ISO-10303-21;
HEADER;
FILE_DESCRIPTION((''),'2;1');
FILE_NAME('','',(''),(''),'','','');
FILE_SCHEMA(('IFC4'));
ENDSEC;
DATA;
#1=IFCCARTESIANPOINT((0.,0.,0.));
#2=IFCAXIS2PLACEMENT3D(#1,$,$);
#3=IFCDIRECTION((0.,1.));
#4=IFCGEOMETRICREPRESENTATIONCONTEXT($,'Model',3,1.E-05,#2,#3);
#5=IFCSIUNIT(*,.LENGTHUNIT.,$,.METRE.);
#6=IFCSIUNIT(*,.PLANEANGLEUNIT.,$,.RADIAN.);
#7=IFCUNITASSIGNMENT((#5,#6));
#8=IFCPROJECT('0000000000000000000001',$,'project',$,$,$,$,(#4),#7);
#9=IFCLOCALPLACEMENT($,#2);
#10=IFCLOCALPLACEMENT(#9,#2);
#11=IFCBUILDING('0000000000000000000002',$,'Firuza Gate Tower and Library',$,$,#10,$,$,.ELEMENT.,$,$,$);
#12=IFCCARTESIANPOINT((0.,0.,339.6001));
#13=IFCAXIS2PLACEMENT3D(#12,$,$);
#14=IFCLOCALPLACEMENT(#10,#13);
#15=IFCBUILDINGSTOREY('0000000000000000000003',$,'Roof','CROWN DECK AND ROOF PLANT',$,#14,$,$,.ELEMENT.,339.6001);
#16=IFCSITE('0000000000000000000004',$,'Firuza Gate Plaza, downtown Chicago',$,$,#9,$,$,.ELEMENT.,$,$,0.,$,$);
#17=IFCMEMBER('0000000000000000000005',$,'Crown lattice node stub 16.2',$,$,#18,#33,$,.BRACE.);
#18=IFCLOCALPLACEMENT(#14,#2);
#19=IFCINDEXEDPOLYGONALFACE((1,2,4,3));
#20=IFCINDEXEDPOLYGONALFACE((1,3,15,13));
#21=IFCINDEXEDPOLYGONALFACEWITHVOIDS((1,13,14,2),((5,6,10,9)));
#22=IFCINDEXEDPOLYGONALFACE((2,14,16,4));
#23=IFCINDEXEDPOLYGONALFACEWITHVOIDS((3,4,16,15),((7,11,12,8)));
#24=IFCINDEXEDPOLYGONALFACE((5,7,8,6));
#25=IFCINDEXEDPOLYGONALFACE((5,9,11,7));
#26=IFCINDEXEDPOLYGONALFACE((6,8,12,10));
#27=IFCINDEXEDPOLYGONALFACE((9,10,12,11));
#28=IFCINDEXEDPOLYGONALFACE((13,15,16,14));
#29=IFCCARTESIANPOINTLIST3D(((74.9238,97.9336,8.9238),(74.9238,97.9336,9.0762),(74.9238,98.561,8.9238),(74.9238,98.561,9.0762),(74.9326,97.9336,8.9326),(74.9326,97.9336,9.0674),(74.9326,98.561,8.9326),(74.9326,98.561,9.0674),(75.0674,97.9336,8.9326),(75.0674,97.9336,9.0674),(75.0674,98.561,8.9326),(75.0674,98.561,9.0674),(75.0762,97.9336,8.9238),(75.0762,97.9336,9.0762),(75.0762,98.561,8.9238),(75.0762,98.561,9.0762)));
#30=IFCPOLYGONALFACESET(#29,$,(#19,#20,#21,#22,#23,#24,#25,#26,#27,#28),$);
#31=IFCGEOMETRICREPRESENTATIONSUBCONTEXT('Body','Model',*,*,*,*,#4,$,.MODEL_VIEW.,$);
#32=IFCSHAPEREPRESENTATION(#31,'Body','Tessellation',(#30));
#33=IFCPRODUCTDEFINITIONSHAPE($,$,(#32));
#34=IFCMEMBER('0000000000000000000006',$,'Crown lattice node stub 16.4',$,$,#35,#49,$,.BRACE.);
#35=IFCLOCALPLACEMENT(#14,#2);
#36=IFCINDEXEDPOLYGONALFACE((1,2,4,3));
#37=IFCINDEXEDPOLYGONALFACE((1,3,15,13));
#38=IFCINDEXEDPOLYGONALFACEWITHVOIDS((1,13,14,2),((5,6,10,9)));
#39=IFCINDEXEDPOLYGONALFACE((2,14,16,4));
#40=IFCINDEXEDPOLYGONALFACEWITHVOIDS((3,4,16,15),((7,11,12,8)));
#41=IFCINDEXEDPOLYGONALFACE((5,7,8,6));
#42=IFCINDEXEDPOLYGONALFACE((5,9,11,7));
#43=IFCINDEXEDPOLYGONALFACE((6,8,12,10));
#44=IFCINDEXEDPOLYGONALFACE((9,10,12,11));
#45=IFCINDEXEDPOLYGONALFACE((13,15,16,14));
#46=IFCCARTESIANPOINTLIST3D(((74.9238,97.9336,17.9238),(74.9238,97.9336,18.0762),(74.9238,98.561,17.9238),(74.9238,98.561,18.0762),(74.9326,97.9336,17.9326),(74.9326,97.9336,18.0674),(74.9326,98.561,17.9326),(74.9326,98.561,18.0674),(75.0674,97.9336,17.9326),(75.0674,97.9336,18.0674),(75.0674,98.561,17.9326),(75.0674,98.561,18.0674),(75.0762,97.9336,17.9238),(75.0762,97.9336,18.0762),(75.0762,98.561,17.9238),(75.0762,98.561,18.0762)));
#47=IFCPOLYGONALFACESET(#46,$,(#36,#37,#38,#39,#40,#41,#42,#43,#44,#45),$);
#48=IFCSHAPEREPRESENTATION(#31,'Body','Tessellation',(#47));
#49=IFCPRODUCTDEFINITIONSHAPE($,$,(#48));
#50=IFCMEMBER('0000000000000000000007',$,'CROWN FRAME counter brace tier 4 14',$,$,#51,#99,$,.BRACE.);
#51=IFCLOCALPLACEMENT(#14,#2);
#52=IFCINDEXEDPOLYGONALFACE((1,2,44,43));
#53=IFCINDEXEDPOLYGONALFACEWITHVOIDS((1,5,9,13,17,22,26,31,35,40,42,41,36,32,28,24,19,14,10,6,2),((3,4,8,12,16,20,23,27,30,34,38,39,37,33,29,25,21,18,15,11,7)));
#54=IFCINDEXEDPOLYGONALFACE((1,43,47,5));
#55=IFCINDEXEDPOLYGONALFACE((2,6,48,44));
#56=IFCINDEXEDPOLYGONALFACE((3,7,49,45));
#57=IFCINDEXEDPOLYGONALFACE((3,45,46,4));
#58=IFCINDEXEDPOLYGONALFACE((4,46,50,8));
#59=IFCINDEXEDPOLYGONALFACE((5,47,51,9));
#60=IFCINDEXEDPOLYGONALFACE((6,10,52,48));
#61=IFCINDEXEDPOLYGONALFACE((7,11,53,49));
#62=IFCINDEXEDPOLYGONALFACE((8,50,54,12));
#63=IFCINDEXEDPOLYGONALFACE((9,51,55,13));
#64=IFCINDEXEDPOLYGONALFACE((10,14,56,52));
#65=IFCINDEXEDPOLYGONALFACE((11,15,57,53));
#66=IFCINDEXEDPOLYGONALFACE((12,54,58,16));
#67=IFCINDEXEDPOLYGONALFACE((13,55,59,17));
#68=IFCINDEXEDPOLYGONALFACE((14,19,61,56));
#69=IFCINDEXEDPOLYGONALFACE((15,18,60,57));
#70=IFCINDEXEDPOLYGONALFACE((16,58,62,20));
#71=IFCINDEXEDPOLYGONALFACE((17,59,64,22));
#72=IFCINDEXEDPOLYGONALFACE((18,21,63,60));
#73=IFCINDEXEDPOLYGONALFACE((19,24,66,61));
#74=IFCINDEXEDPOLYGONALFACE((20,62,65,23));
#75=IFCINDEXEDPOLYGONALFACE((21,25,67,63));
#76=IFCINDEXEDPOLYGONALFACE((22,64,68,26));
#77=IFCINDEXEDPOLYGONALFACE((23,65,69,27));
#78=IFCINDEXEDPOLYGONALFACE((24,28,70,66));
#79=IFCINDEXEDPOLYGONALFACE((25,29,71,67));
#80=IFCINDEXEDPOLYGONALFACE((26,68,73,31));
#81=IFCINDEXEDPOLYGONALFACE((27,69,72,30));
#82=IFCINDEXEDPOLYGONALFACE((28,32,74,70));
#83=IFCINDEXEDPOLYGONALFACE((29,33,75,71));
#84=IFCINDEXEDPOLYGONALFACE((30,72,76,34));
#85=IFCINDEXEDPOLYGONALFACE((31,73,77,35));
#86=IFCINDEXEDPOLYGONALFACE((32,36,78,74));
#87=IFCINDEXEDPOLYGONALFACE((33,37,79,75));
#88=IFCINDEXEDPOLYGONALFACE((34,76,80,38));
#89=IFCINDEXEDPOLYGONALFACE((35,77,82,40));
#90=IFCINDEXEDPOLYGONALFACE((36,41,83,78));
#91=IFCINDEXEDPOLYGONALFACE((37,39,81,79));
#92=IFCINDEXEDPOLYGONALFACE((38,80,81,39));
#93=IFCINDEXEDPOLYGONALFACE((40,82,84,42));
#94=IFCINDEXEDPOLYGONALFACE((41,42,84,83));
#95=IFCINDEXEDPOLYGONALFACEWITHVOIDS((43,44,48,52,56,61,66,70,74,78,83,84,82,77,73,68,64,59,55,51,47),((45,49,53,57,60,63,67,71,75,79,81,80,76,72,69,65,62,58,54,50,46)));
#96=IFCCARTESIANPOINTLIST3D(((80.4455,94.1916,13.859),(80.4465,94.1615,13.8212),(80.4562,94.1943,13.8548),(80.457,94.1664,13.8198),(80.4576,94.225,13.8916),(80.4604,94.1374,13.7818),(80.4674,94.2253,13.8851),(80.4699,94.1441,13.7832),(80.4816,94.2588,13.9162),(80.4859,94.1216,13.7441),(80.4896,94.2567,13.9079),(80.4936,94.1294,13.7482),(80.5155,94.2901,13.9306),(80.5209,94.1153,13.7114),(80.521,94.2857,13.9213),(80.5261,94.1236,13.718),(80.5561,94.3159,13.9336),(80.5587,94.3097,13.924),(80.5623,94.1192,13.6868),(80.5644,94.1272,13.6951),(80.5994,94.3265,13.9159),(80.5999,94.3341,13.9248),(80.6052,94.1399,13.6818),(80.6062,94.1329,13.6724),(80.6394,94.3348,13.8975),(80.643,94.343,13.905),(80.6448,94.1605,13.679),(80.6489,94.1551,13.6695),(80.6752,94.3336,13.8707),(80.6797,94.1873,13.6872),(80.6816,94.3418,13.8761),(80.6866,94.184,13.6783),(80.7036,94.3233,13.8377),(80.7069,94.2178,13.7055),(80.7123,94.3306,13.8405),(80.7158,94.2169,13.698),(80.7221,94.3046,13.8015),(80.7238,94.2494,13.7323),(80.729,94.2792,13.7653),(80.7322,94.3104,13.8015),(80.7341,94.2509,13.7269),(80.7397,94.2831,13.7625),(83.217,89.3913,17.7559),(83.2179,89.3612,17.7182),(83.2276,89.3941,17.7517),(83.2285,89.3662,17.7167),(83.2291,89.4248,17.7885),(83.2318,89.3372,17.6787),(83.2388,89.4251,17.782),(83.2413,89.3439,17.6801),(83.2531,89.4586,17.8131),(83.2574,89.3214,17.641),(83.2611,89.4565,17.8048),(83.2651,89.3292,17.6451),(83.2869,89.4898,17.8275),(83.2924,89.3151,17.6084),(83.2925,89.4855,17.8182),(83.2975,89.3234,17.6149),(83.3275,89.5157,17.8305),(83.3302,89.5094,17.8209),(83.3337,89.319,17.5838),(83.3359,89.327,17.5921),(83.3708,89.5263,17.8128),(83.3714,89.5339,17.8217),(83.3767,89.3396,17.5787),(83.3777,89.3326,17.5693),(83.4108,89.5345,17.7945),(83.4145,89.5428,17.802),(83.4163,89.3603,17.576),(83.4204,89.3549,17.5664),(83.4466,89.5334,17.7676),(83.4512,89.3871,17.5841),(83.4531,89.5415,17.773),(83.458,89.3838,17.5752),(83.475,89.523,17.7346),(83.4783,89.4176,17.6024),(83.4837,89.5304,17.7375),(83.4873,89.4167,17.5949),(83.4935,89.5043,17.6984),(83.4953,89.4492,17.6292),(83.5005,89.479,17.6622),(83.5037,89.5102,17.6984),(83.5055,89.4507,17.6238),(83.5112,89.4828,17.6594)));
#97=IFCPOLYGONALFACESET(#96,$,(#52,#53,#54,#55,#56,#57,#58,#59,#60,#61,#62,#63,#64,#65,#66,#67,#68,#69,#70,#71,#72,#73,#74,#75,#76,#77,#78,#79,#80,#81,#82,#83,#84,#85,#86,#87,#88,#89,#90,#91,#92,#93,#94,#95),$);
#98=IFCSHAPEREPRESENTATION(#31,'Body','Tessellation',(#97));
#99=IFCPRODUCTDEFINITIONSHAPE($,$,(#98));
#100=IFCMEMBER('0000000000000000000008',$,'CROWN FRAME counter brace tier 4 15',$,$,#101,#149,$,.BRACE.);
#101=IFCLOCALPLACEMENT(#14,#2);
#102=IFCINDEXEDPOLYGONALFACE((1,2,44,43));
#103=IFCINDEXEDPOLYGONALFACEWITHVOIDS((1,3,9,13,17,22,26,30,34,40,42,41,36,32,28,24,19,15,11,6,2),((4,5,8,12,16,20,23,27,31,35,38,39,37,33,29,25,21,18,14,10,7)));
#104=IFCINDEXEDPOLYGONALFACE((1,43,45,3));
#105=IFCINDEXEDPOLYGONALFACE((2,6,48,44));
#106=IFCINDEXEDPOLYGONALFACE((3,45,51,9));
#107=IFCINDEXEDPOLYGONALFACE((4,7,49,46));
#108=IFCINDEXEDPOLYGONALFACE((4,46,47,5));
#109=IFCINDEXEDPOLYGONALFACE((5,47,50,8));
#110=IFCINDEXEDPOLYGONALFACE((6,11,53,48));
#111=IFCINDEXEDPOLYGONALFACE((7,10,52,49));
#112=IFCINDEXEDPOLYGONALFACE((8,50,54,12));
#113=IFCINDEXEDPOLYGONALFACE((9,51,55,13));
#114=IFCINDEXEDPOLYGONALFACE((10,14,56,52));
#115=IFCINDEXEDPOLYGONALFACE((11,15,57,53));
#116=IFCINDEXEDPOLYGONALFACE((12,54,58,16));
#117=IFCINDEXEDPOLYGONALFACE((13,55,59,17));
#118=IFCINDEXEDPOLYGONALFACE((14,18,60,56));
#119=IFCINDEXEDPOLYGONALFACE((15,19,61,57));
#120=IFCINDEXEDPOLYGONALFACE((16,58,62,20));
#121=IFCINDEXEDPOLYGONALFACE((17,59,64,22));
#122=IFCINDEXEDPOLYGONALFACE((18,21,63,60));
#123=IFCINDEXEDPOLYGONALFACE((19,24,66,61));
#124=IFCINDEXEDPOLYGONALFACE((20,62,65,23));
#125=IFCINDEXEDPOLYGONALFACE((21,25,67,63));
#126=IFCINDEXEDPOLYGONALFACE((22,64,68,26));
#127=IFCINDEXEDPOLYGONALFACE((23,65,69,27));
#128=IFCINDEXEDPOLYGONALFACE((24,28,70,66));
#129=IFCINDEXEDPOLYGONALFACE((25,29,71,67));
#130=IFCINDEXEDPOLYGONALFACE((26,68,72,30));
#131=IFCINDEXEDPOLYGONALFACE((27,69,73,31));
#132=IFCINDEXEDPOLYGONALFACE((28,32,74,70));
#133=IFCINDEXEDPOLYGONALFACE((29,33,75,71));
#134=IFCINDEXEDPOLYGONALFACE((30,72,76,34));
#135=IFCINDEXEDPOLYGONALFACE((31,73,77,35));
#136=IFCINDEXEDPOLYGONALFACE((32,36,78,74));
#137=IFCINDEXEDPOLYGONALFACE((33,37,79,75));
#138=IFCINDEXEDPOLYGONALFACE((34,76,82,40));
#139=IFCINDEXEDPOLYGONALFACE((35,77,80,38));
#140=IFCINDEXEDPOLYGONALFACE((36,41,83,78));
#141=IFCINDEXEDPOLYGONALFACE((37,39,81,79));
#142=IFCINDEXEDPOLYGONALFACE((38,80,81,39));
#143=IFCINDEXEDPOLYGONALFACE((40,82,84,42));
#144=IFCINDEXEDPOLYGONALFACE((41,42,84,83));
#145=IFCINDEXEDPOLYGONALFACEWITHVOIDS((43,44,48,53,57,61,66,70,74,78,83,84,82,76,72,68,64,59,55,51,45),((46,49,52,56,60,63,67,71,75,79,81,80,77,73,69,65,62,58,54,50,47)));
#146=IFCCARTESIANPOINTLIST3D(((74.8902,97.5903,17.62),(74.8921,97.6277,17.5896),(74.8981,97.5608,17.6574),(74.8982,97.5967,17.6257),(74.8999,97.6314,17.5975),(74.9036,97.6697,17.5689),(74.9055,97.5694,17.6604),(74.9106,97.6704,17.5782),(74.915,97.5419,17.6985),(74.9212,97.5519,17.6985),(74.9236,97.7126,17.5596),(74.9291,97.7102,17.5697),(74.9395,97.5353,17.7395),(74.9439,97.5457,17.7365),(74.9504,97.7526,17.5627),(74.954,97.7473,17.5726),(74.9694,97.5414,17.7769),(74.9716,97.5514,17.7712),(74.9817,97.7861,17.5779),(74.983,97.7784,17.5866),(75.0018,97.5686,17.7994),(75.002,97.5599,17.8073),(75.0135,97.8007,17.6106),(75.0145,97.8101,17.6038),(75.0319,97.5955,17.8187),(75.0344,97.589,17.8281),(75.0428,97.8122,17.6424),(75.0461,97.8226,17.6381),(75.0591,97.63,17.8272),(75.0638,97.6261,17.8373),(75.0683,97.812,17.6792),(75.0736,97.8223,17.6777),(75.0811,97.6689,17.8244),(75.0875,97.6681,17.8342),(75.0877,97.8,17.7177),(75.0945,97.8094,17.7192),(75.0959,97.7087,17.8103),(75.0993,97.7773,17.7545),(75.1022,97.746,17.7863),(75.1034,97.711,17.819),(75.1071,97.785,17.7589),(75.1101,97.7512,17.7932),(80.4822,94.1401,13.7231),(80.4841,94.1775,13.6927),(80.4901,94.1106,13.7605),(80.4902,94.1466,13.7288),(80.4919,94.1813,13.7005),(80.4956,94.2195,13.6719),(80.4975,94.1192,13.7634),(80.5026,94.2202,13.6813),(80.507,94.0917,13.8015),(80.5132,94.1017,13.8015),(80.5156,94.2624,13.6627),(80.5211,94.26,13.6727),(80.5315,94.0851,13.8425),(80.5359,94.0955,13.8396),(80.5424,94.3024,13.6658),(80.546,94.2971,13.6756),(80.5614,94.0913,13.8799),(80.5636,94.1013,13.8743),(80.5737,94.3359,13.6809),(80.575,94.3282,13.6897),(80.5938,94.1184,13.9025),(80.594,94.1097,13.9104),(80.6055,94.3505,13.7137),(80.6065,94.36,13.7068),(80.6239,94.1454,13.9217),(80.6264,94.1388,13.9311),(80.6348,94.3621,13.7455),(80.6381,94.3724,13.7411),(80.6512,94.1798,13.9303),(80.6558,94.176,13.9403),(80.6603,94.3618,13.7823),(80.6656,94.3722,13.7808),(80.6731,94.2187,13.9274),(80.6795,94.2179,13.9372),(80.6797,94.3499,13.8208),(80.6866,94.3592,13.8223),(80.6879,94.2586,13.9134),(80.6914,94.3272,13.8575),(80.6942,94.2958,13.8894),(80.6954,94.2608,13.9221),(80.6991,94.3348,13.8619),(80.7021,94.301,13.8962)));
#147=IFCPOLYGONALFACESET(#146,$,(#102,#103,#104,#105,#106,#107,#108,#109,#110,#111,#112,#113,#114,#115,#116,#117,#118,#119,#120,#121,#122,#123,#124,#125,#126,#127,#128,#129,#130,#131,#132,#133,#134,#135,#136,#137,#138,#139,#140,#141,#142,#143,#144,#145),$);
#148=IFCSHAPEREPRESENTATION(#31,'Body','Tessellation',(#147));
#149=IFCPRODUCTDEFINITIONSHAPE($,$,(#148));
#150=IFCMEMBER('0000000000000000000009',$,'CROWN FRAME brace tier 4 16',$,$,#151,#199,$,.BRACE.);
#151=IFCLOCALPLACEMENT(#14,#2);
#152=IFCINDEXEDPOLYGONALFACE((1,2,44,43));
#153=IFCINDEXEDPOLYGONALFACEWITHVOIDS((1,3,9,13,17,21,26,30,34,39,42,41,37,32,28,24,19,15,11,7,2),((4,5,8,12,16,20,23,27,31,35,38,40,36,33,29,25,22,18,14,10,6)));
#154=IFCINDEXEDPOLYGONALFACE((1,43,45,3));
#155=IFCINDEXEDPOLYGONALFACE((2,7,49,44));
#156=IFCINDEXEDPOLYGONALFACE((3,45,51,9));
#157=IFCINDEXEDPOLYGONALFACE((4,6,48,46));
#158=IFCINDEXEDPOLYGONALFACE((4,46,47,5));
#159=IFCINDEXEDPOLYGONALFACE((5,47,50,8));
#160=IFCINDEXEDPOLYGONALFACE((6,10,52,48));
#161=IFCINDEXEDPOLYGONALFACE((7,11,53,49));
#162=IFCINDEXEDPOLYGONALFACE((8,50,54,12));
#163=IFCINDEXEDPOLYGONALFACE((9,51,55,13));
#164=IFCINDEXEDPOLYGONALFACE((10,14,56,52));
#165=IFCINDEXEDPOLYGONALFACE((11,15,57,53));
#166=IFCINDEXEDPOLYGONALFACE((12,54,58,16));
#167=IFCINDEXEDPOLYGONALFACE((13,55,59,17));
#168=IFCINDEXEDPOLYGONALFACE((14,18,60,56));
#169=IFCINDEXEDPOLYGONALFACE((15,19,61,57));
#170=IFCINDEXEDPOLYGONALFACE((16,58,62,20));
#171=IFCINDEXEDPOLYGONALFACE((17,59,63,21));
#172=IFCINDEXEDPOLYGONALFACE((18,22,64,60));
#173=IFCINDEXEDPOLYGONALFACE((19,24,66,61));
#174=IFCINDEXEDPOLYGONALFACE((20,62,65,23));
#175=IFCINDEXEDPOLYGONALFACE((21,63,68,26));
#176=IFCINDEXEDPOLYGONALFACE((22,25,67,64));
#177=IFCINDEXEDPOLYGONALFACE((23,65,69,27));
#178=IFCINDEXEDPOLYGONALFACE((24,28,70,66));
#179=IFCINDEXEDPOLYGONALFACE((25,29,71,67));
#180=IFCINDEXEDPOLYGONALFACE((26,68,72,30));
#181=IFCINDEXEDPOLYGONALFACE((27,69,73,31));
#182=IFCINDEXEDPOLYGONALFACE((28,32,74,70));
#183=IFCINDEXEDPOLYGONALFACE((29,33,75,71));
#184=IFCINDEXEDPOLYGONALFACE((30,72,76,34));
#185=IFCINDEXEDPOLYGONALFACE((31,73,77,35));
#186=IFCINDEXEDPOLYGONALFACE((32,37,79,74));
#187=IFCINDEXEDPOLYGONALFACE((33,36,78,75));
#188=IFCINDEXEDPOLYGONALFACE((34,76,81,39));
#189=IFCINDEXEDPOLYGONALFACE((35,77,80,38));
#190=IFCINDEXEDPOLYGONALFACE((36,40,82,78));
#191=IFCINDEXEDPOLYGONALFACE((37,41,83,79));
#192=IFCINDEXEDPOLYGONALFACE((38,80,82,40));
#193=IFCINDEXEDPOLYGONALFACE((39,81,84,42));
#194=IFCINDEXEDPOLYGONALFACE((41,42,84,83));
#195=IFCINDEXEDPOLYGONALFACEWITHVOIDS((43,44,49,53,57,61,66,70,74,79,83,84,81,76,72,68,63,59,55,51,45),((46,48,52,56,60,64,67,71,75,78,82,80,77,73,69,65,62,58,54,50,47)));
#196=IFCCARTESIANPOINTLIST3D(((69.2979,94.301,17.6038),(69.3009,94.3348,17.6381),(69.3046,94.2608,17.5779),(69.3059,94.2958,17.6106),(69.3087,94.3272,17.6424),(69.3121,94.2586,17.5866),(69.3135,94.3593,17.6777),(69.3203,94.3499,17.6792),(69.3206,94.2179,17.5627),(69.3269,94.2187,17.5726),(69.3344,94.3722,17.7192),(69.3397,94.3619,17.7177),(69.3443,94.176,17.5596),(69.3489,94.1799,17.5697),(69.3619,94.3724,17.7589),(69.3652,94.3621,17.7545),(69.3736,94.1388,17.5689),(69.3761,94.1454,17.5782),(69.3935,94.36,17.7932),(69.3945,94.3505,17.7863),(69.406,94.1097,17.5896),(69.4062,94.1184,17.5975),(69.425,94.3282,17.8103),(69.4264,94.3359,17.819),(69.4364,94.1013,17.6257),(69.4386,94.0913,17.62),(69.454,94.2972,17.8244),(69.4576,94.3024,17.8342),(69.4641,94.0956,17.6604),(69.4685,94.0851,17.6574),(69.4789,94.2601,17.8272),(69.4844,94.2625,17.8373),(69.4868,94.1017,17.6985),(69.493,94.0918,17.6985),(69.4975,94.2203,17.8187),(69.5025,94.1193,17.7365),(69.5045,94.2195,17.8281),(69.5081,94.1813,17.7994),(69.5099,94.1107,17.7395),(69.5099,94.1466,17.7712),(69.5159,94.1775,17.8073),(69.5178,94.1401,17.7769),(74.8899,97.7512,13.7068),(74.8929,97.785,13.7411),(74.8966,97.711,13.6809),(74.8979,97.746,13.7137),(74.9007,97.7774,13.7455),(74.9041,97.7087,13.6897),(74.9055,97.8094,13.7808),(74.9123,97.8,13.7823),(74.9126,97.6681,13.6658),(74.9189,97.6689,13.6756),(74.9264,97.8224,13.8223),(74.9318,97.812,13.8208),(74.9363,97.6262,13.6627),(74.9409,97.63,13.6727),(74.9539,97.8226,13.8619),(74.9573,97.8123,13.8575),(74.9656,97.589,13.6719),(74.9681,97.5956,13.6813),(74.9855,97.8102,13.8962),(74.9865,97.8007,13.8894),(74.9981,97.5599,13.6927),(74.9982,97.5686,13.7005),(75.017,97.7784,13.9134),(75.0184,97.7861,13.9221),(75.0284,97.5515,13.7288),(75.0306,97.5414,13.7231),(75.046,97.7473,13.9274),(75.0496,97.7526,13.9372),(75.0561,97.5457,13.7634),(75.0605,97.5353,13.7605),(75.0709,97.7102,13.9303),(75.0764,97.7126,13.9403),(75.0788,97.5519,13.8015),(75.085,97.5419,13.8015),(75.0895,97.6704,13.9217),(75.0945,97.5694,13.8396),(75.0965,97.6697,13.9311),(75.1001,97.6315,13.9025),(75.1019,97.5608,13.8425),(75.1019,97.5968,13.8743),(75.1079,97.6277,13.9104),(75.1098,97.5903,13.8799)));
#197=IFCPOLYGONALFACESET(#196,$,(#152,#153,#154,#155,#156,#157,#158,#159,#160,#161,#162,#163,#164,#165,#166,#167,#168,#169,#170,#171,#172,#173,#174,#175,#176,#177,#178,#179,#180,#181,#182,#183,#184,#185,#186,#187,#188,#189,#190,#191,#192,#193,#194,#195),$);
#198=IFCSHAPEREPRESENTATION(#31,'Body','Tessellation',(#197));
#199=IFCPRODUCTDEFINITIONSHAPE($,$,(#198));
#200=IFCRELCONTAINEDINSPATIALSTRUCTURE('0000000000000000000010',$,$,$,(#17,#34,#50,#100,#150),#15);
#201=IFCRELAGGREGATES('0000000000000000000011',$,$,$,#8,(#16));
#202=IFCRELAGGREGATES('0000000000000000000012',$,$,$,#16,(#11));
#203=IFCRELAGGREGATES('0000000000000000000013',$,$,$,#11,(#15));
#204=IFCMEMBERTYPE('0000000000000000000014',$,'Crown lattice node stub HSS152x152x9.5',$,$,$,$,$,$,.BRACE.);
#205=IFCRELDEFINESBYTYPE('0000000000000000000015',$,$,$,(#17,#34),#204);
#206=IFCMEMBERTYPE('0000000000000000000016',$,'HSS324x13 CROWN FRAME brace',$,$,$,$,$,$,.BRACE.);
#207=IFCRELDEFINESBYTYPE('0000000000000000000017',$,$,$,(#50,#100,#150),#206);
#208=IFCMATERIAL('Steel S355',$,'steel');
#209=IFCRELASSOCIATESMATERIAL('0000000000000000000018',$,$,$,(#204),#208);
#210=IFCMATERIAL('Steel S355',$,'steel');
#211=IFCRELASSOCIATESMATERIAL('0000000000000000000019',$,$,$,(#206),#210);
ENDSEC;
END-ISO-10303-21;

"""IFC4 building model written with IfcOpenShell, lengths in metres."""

from ifc_helpers import new_model, si_unit, direction, frame, origin, origin_2d, place, context, subcontext, project, spatial, hollow_rectangle, hollow_circle, extrude, material, material_profile, profile_set, type_object, element, save


model = new_model("IFC4")

# Units and contexts
model_context = context("Model", 3, precision=1e-05, world=origin(), true_north=direction((0.0, 1.0)))
body_context = subcontext(model_context, "Body", "Model", "MODEL_VIEW")
ifc_project = project(units=[si_unit("LENGTHUNIT", "METRE"), si_unit("PLANEANGLEUNIT", "RADIAN")], contexts=[model_context])

# Site, building, storey
site_placement = place(None, origin())
site = spatial("IfcSite", under=ifc_project, at=site_placement, Name="Firuza Gate Plaza, downtown Chicago", CompositionType="ELEMENT", RefElevation=0.0)
building_placement = place(site_placement, origin())
building = spatial("IfcBuilding", under=site, at=building_placement, Name="Firuza Gate Tower and Library", CompositionType="ELEMENT")
storey_placement = place(building_placement, frame((0.0, 0.0, 339.6001)))
storey = spatial("IfcBuildingStorey", under=building, at=storey_placement, Name="Roof", Description="CROWN DECK AND ROOF PLANT", CompositionType="ELEMENT", Elevation=339.6001)

# Members
ifc_material_1 = material(Name="Steel S355", Category="steel")
ifc_material_profile_1 = material_profile(ifc_material_1, hollow_rectangle(XDim=0.1523, YDim=0.1523, WallThickness=0.0088, at=origin_2d()))
ifc_profile_set_1 = profile_set([ifc_material_profile_1], Name="Steel S355")
member_type_1 = type_object("IfcMemberType", Name="Crown lattice node stub HSS152x152x9.5", PredefinedType="BRACE", material=ifc_profile_set_1)
for number, where, z_axis, x_axis, name in (
    (1, (75.0, 97.9336, 9.0), (0.0, 1.0, 0.0), (-1.0, 0.0, 0.0), "Crown lattice node stub 16.2"),
    (2, (75.0, 97.9336, 18.0), (0.0, 1.0, 0.0), (-1.0, 0.0, 0.0), "Crown lattice node stub 16.4"),
):
    element("IfcMember", number, at=place(storey_placement, frame(where, z_axis=z_axis, x_axis=x_axis)), inside=storey, type_object=member_type_1, Name=name, PredefinedType="BRACE", context=body_context, shape_type="SweptSolid", body=[
        extrude(hollow_rectangle(XDim=0.1523, YDim=0.1523, WallThickness=0.0088, at=origin_2d()), origin(), (0.0, 0.0, 1.0), 0.6274),
    ])
ifc_material_2 = material(Name="Steel S355", Category="steel")
ifc_material_profile_2 = material_profile(ifc_material_2, hollow_circle(Radius=0.1619, WallThickness=0.0117, at=origin_2d()))
ifc_profile_set_2 = profile_set([ifc_material_profile_2], Name="Steel S355")
member_type_2 = type_object("IfcMemberType", Name="HSS324x13 CROWN FRAME brace", PredefinedType="BRACE", material=ifc_profile_set_2)
member_1_placement = place(storey_placement, frame((80.592, 94.2295, 13.8015), z_axis=(0.409032, -0.708455, 0.575138), x_axis=(0.866023, 0.500005, 0.0)))
element("IfcMember", 3, at=member_1_placement, inside=storey, type_object=member_type_2, Name="CROWN FRAME counter brace tier 4 14", PredefinedType="BRACE", context=body_context, shape_type="SweptSolid", body=[
    extrude(hollow_circle(Radius=0.1619, WallThickness=0.0117, at=origin_2d()), origin(), (0.0, 0.0, 1.0), 6.7756),
])
for number, where, z_axis, x_axis, name in (
    (4, (80.592, 94.2295, 13.8015), (-0.731995, 0.451629, 0.510112), (-0.525084, -0.85105, 0.0), "CROWN FRAME counter brace tier 4 15"),
    (5, (75.0, 97.6797, 13.8015), (-0.731995, -0.451629, 0.510112), (0.525084, -0.85105, 0.0), "CROWN FRAME brace tier 4 16"),
):
    element("IfcMember", number, at=place(storey_placement, frame(where, z_axis=z_axis, x_axis=x_axis)), inside=storey, type_object=member_type_2, Name=name, PredefinedType="BRACE", context=body_context, shape_type="SweptSolid", body=[
        extrude(hollow_circle(Radius=0.1619, WallThickness=0.0117, at=origin_2d()), origin(), (0.0, 0.0, 1.0), 7.6394),
    ])

save(model, "model.ifc")
